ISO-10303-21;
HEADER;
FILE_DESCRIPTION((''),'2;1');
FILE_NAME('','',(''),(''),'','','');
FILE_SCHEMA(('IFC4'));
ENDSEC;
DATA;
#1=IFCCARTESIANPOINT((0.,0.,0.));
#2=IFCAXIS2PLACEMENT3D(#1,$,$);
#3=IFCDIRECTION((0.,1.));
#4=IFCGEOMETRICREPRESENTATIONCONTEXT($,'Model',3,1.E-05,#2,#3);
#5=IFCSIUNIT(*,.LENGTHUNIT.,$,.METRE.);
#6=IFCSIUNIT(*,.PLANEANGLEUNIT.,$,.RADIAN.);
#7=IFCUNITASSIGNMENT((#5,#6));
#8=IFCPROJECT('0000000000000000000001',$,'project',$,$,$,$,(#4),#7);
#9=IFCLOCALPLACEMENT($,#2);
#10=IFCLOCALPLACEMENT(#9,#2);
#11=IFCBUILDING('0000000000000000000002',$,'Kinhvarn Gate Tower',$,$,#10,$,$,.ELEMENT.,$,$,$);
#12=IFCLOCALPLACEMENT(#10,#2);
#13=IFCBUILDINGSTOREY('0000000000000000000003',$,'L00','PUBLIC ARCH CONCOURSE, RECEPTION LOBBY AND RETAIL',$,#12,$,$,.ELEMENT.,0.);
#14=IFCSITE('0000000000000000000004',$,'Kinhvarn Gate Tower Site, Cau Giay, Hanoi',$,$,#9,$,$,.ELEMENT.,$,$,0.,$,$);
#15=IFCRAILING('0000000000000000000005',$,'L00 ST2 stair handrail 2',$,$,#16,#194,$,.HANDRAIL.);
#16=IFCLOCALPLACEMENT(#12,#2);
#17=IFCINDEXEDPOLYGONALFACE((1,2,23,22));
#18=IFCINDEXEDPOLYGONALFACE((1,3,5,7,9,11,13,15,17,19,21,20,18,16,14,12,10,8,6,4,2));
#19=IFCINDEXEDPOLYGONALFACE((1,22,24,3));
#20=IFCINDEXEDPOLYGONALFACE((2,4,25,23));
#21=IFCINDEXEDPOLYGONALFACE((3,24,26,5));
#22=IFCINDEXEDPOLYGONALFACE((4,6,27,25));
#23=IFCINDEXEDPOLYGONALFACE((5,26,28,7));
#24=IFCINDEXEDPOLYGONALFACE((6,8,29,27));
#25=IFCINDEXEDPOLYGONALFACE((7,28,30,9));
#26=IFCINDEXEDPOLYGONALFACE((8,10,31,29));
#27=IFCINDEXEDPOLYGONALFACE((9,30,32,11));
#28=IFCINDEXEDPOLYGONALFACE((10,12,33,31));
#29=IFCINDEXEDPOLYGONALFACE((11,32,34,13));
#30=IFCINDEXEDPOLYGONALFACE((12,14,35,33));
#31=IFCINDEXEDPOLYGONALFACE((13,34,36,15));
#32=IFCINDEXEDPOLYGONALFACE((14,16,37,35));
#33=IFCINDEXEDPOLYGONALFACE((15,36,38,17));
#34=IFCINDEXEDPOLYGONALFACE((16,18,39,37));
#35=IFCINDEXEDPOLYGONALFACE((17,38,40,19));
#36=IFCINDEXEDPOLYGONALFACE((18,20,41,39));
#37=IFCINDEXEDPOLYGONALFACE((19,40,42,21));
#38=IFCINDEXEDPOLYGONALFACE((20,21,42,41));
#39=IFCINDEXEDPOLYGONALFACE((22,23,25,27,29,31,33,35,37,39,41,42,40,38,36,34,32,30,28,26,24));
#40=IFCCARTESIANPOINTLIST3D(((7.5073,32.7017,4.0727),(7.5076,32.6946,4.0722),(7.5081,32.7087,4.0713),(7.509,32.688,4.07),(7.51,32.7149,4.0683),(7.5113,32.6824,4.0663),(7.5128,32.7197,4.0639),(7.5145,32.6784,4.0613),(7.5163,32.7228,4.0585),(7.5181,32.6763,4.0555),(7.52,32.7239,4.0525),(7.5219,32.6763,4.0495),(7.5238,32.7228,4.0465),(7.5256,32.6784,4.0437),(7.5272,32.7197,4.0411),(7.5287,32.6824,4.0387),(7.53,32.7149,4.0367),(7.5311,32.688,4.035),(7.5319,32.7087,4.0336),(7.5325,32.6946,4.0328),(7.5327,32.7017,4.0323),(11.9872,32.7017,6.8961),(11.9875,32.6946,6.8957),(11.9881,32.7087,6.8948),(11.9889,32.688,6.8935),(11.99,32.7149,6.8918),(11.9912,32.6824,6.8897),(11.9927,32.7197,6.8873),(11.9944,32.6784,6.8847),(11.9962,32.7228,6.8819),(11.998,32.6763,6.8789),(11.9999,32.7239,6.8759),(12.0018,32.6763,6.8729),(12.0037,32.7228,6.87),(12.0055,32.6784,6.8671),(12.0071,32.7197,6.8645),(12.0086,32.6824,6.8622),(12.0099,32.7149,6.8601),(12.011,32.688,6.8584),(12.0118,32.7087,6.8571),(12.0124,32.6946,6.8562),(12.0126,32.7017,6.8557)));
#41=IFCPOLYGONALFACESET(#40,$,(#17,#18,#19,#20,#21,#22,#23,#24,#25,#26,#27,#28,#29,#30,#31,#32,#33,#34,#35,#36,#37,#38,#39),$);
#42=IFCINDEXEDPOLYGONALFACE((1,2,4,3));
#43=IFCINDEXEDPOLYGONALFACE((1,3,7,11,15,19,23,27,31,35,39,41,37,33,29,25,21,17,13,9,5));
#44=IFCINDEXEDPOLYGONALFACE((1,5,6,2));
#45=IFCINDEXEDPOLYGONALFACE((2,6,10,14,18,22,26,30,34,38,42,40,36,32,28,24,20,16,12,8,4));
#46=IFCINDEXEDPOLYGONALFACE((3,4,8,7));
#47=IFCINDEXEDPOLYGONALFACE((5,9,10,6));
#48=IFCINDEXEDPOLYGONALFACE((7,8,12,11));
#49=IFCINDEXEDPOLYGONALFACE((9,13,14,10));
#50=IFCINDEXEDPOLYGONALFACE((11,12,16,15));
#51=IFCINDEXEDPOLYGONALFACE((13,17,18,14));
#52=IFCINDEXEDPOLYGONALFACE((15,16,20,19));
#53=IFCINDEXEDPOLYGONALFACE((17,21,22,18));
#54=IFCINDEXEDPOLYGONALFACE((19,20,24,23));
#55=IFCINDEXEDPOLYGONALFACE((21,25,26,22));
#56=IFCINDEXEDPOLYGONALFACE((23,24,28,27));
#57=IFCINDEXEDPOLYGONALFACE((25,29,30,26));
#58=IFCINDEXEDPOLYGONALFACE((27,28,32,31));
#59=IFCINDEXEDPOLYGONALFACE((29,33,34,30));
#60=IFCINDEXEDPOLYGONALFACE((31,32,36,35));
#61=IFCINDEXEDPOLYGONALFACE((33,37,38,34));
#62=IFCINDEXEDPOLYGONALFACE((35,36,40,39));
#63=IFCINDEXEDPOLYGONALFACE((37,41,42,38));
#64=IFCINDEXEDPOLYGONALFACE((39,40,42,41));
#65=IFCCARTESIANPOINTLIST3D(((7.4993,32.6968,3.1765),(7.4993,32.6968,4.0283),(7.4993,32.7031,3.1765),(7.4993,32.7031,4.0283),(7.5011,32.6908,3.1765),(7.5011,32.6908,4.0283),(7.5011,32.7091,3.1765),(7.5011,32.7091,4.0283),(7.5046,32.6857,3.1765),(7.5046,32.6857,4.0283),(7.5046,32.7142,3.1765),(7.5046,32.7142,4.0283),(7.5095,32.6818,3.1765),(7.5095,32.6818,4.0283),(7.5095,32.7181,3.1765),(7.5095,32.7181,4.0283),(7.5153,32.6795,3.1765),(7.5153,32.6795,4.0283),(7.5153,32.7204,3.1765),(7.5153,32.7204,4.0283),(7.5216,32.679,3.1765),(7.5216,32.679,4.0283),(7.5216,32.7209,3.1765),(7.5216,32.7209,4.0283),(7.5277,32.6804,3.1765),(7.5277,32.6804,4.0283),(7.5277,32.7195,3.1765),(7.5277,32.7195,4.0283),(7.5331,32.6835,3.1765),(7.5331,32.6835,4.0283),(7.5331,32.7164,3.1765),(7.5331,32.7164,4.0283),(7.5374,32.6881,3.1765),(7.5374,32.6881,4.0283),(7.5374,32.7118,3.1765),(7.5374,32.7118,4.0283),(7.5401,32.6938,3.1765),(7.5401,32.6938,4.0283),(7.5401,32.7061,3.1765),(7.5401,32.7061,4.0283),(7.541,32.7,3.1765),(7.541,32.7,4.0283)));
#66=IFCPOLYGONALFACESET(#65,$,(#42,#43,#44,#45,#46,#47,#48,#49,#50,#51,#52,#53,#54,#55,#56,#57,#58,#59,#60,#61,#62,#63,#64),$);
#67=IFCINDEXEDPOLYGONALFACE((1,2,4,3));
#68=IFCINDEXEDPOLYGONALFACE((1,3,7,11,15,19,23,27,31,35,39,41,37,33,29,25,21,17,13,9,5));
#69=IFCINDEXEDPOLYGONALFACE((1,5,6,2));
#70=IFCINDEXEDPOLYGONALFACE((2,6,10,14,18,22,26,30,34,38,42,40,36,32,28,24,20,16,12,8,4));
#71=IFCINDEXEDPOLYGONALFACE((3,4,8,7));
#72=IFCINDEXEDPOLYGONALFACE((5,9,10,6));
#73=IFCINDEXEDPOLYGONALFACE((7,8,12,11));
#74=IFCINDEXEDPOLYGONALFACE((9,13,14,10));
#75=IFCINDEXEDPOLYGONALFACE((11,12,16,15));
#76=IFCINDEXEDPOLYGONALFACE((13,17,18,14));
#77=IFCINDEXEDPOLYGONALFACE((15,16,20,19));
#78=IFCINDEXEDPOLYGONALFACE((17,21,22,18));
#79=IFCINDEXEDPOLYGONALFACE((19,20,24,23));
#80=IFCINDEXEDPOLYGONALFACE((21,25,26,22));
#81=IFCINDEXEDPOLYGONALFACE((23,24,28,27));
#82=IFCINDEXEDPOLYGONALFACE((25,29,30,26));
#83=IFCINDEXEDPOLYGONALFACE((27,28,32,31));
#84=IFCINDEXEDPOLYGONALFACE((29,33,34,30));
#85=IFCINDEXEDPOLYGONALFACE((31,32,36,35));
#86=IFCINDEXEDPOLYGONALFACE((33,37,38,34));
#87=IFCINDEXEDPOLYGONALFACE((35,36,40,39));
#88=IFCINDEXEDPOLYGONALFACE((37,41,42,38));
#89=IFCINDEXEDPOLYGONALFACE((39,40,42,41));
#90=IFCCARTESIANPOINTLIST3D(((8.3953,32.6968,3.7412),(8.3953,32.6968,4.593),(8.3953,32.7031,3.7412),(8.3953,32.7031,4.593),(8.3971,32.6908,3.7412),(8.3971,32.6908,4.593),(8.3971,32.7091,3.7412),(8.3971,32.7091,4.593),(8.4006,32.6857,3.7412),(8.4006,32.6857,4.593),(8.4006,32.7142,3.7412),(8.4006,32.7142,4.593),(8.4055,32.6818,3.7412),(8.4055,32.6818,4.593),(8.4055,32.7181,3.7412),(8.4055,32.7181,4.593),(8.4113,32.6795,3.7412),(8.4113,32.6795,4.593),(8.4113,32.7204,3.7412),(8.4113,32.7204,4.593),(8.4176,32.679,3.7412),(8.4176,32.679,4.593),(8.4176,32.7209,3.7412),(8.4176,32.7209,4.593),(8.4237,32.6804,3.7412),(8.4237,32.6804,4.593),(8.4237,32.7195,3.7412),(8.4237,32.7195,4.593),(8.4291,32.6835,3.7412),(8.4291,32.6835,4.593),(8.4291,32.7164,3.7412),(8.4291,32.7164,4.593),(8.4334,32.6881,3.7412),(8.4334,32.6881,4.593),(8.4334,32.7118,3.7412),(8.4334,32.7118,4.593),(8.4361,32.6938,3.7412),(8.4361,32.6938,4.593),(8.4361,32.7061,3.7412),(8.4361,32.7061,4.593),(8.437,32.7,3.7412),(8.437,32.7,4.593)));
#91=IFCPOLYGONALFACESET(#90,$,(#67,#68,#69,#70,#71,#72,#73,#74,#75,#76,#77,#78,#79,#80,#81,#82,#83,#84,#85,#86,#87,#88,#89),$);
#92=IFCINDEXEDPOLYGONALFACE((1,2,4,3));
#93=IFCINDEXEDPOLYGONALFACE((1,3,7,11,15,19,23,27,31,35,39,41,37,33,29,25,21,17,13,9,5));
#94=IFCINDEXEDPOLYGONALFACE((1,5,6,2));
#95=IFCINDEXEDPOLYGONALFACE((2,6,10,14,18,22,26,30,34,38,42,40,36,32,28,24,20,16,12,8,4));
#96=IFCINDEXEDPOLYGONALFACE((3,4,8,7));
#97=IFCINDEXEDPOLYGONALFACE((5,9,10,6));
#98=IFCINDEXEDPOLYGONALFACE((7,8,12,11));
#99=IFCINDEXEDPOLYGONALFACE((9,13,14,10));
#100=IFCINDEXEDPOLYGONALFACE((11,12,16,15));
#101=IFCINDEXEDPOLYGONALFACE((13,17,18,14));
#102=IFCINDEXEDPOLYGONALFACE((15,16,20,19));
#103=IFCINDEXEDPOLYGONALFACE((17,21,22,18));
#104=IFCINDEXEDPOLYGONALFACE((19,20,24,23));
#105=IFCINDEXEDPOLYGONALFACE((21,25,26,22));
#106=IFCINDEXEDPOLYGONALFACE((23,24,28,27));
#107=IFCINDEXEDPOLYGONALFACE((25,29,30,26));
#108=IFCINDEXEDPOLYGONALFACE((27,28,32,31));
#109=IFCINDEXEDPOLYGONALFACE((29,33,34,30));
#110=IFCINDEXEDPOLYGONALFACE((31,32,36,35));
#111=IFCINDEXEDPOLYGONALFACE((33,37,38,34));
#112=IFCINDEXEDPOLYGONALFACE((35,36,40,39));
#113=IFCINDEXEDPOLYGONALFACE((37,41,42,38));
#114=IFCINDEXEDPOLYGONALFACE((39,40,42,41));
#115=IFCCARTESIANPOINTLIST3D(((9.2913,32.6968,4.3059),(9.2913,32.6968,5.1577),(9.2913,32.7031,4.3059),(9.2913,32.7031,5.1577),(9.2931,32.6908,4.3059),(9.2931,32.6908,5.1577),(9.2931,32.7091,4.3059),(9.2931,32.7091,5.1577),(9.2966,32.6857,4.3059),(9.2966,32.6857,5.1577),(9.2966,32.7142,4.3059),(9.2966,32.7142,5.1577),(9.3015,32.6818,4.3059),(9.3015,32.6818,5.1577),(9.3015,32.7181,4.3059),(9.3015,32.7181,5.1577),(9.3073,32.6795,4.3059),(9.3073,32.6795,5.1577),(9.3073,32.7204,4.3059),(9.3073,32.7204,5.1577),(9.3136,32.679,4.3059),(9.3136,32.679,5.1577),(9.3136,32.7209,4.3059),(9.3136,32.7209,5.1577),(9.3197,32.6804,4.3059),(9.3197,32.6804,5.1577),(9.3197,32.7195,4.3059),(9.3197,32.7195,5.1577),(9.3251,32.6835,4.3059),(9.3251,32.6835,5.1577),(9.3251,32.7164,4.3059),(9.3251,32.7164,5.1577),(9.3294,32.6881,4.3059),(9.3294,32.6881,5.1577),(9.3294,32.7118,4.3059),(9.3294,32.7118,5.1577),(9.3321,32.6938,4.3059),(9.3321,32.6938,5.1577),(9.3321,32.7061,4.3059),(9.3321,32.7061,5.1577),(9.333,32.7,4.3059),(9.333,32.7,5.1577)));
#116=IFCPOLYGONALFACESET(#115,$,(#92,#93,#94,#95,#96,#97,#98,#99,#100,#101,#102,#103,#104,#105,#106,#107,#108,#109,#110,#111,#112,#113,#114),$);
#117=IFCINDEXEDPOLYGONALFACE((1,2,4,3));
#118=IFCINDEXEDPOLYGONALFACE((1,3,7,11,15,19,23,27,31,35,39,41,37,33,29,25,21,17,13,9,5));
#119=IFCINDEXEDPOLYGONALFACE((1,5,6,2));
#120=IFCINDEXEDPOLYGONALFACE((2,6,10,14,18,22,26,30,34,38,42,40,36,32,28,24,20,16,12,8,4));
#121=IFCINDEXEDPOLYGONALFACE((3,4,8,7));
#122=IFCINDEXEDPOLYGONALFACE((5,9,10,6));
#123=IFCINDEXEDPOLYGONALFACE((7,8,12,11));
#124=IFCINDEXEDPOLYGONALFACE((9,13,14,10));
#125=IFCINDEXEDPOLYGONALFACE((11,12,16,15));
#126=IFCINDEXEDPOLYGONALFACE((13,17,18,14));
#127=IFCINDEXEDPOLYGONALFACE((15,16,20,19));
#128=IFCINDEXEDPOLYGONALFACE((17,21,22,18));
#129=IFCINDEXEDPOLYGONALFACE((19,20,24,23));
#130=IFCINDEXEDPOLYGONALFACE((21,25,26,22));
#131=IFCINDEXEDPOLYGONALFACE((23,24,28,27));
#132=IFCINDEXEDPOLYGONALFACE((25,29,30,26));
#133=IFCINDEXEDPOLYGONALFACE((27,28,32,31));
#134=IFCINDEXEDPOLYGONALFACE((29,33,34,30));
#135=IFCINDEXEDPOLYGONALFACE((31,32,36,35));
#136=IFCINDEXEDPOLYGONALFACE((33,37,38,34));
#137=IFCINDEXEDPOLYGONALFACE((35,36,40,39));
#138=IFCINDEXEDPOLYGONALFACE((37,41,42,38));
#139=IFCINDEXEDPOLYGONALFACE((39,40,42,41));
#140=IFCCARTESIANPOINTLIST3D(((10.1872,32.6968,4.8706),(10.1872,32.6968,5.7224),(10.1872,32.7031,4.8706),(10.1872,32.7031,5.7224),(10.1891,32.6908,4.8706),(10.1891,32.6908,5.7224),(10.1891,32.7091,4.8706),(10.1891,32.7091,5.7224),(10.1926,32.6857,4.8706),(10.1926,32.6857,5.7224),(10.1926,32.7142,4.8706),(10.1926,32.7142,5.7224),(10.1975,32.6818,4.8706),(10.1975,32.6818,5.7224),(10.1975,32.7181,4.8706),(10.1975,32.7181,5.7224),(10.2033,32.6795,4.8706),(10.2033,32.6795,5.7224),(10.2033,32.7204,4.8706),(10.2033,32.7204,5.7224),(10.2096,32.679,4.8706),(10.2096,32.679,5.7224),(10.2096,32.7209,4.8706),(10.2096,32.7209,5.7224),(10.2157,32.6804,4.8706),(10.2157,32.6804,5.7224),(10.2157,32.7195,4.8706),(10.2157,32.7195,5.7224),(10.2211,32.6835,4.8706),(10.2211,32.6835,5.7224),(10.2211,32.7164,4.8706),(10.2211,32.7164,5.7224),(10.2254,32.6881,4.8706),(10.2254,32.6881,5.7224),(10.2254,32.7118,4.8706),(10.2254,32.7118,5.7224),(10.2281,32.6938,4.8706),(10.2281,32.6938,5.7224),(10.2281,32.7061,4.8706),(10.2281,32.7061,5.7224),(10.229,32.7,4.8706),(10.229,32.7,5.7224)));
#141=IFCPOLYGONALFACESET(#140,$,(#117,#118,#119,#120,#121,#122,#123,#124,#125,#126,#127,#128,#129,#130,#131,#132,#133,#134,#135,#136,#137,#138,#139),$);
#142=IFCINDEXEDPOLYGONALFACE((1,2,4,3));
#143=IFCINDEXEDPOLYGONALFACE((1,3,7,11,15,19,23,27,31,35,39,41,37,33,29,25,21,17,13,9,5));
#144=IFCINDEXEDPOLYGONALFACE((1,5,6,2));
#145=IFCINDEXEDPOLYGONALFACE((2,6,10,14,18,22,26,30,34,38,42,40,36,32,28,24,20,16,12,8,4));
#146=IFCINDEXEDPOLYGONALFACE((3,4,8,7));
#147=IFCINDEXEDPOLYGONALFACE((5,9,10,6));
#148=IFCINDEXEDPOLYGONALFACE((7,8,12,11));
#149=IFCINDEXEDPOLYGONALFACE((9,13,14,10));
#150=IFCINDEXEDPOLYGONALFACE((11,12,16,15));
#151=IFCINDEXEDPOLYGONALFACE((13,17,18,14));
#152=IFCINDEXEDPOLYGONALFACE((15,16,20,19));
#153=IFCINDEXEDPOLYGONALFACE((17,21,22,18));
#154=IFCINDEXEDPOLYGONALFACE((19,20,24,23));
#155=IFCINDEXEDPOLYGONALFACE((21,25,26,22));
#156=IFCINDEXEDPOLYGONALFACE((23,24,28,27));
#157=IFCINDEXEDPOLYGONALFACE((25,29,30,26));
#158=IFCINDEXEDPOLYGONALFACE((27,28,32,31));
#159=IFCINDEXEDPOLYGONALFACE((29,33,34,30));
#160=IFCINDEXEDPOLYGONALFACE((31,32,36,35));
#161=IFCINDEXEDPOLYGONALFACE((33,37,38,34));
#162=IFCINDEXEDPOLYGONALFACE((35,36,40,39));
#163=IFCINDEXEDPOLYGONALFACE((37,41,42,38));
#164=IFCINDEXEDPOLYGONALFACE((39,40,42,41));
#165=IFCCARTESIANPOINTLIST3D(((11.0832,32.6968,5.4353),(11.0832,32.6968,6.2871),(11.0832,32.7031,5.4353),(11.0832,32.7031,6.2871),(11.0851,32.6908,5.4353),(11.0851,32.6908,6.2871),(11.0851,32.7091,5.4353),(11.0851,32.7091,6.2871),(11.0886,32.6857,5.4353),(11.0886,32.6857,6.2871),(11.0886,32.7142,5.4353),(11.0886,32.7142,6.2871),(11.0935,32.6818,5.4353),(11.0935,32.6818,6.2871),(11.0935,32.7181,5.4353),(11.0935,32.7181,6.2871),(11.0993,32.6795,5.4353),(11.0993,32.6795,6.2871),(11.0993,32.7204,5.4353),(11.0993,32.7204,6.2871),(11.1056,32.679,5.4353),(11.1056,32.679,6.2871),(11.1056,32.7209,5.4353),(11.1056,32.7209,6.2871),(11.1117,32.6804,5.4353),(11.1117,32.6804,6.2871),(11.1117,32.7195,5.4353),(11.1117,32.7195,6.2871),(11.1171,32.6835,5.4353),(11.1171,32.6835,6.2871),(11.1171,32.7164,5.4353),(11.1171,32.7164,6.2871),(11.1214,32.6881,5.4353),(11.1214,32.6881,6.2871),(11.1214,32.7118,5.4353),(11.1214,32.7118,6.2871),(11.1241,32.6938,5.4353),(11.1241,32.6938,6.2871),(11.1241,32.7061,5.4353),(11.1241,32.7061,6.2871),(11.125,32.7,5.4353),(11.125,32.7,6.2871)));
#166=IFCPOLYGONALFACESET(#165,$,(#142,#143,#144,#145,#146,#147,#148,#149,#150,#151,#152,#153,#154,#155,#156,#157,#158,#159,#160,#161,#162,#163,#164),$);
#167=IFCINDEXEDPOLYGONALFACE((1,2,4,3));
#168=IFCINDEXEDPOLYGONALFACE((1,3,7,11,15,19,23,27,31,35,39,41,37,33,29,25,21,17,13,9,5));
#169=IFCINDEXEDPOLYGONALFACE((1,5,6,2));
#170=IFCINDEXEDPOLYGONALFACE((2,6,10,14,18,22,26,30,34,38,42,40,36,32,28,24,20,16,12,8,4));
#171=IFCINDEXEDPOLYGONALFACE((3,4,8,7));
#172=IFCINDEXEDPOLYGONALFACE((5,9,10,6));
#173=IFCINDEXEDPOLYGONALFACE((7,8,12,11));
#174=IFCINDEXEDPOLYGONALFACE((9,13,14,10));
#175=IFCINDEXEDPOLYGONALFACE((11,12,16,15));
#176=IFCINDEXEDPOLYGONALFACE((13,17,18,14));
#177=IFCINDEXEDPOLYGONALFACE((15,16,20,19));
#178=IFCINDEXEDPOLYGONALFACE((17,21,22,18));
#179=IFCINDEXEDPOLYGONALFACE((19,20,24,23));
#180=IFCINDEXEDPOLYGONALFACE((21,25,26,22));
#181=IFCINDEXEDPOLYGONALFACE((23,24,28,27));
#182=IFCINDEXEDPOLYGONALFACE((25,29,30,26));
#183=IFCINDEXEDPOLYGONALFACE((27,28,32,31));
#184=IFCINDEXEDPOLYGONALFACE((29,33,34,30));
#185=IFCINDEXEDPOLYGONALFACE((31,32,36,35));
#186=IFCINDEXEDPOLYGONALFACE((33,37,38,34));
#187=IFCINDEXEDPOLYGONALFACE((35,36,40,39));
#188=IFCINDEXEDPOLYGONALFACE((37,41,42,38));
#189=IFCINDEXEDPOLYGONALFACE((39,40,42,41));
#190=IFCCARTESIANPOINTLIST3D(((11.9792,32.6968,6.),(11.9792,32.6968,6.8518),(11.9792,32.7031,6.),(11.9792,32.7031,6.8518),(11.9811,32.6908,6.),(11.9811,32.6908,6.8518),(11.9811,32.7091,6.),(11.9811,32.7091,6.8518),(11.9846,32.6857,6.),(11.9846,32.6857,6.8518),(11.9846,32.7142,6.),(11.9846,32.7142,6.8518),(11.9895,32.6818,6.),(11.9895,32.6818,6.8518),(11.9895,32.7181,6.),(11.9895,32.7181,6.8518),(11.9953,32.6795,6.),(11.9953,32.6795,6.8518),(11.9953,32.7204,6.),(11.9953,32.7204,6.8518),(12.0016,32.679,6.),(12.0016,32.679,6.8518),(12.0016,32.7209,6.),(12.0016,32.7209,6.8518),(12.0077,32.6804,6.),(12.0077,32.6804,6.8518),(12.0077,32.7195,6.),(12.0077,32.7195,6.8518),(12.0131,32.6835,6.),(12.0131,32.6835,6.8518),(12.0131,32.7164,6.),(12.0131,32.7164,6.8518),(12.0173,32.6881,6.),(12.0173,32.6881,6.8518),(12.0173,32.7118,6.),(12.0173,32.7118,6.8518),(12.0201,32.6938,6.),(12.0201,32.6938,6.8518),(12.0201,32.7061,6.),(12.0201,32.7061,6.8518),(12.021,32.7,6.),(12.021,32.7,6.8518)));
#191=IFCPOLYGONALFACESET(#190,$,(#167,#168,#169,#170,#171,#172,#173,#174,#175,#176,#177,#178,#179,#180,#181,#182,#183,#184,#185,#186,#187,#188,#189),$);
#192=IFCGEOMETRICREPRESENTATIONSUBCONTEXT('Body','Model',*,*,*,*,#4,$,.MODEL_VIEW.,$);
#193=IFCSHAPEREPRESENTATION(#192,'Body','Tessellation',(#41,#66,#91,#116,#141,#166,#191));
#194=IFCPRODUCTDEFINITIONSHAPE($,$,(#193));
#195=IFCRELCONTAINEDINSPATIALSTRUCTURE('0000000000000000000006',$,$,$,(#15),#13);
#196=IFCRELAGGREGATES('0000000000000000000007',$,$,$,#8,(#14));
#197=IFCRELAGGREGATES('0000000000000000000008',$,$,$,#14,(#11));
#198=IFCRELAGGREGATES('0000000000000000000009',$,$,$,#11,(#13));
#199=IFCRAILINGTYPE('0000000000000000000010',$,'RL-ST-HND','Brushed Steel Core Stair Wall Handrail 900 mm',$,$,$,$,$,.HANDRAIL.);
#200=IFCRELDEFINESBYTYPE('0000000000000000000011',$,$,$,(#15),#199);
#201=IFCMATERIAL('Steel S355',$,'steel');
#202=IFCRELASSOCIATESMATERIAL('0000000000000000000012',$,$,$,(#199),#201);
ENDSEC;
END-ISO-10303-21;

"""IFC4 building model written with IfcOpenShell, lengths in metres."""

from ifc_helpers import new_model, si_unit, direction, frame, origin, origin_2d, place, context, subcontext, project, spatial, circle, extrude, material, type_object, element, save


model = new_model("IFC4")

# Units and contexts
model_context = context("Model", 3, precision=1e-05, world=origin(), true_north=direction((0.0, 1.0)))
body_context = subcontext(model_context, "Body", "Model", "MODEL_VIEW")
ifc_project = project(units=[si_unit("LENGTHUNIT", "METRE"), si_unit("PLANEANGLEUNIT", "RADIAN")], contexts=[model_context])

# Site, building, storey
site_placement = place(None, origin())
site = spatial("IfcSite", under=ifc_project, at=site_placement, Name="Kinhvarn Gate Tower Site, Cau Giay, Hanoi", CompositionType="ELEMENT", RefElevation=0.0)
building_placement = place(site_placement, origin())
building = spatial("IfcBuilding", under=site, at=building_placement, Name="Kinhvarn Gate Tower", CompositionType="ELEMENT")
storey_placement = place(building_placement, origin())
storey = spatial("IfcBuildingStorey", under=building, at=storey_placement, Name="L00", Description="PUBLIC ARCH CONCOURSE, RECEPTION LOBBY AND RETAIL", CompositionType="ELEMENT", Elevation=0.0)

# Shared definitions
ifc_material_1 = material(Name="Steel S355", Category="steel")

# Railing
railing_type_1 = type_object("IfcRailingType", Name="RL-ST-HND", Description="Brushed Steel Core Stair Wall Handrail 900 mm", PredefinedType="HANDRAIL", material=ifc_material_1)
railing_1_placement = place(storey_placement, frame((7.52, 32.7, 3.1765)))
element("IfcRailing", 1, at=railing_1_placement, inside=storey, type_object=railing_type_1, Name="L00 ST2 stair handrail 2", PredefinedType="HANDRAIL", context=body_context, shape_type="SweptSolid", body=[
    extrude(circle(Radius=0.0239, at=origin_2d()), frame((0.0, 0.0, 0.876), z_axis=(0.845998, 0.0, 0.533186), x_axis=(0.0, 1.0, 0.0)), (0.0, 0.0, 1.0), 5.2954),
    extrude(circle(Radius=0.021, at=origin_2d()), origin(), (0.0, 0.0, 1.0), 0.8518),
    extrude(circle(Radius=0.021, at=origin_2d()), frame((0.896, 0.0, 0.5647)), (0.0, 0.0, 1.0), 0.8518),
    extrude(circle(Radius=0.021, at=origin_2d()), frame((1.792, 0.0, 1.1294)), (0.0, 0.0, 1.0), 0.8518),
    extrude(circle(Radius=0.021, at=origin_2d()), frame((2.688, 0.0, 1.6941)), (0.0, 0.0, 1.0), 0.8518),
    extrude(circle(Radius=0.021, at=origin_2d()), frame((3.584, 0.0, 2.2588)), (0.0, 0.0, 1.0), 0.8518),
    extrude(circle(Radius=0.021, at=origin_2d()), frame((4.48, 0.0, 2.8235)), (0.0, 0.0, 1.0), 0.8518),
])

save(model, "model.ifc")
